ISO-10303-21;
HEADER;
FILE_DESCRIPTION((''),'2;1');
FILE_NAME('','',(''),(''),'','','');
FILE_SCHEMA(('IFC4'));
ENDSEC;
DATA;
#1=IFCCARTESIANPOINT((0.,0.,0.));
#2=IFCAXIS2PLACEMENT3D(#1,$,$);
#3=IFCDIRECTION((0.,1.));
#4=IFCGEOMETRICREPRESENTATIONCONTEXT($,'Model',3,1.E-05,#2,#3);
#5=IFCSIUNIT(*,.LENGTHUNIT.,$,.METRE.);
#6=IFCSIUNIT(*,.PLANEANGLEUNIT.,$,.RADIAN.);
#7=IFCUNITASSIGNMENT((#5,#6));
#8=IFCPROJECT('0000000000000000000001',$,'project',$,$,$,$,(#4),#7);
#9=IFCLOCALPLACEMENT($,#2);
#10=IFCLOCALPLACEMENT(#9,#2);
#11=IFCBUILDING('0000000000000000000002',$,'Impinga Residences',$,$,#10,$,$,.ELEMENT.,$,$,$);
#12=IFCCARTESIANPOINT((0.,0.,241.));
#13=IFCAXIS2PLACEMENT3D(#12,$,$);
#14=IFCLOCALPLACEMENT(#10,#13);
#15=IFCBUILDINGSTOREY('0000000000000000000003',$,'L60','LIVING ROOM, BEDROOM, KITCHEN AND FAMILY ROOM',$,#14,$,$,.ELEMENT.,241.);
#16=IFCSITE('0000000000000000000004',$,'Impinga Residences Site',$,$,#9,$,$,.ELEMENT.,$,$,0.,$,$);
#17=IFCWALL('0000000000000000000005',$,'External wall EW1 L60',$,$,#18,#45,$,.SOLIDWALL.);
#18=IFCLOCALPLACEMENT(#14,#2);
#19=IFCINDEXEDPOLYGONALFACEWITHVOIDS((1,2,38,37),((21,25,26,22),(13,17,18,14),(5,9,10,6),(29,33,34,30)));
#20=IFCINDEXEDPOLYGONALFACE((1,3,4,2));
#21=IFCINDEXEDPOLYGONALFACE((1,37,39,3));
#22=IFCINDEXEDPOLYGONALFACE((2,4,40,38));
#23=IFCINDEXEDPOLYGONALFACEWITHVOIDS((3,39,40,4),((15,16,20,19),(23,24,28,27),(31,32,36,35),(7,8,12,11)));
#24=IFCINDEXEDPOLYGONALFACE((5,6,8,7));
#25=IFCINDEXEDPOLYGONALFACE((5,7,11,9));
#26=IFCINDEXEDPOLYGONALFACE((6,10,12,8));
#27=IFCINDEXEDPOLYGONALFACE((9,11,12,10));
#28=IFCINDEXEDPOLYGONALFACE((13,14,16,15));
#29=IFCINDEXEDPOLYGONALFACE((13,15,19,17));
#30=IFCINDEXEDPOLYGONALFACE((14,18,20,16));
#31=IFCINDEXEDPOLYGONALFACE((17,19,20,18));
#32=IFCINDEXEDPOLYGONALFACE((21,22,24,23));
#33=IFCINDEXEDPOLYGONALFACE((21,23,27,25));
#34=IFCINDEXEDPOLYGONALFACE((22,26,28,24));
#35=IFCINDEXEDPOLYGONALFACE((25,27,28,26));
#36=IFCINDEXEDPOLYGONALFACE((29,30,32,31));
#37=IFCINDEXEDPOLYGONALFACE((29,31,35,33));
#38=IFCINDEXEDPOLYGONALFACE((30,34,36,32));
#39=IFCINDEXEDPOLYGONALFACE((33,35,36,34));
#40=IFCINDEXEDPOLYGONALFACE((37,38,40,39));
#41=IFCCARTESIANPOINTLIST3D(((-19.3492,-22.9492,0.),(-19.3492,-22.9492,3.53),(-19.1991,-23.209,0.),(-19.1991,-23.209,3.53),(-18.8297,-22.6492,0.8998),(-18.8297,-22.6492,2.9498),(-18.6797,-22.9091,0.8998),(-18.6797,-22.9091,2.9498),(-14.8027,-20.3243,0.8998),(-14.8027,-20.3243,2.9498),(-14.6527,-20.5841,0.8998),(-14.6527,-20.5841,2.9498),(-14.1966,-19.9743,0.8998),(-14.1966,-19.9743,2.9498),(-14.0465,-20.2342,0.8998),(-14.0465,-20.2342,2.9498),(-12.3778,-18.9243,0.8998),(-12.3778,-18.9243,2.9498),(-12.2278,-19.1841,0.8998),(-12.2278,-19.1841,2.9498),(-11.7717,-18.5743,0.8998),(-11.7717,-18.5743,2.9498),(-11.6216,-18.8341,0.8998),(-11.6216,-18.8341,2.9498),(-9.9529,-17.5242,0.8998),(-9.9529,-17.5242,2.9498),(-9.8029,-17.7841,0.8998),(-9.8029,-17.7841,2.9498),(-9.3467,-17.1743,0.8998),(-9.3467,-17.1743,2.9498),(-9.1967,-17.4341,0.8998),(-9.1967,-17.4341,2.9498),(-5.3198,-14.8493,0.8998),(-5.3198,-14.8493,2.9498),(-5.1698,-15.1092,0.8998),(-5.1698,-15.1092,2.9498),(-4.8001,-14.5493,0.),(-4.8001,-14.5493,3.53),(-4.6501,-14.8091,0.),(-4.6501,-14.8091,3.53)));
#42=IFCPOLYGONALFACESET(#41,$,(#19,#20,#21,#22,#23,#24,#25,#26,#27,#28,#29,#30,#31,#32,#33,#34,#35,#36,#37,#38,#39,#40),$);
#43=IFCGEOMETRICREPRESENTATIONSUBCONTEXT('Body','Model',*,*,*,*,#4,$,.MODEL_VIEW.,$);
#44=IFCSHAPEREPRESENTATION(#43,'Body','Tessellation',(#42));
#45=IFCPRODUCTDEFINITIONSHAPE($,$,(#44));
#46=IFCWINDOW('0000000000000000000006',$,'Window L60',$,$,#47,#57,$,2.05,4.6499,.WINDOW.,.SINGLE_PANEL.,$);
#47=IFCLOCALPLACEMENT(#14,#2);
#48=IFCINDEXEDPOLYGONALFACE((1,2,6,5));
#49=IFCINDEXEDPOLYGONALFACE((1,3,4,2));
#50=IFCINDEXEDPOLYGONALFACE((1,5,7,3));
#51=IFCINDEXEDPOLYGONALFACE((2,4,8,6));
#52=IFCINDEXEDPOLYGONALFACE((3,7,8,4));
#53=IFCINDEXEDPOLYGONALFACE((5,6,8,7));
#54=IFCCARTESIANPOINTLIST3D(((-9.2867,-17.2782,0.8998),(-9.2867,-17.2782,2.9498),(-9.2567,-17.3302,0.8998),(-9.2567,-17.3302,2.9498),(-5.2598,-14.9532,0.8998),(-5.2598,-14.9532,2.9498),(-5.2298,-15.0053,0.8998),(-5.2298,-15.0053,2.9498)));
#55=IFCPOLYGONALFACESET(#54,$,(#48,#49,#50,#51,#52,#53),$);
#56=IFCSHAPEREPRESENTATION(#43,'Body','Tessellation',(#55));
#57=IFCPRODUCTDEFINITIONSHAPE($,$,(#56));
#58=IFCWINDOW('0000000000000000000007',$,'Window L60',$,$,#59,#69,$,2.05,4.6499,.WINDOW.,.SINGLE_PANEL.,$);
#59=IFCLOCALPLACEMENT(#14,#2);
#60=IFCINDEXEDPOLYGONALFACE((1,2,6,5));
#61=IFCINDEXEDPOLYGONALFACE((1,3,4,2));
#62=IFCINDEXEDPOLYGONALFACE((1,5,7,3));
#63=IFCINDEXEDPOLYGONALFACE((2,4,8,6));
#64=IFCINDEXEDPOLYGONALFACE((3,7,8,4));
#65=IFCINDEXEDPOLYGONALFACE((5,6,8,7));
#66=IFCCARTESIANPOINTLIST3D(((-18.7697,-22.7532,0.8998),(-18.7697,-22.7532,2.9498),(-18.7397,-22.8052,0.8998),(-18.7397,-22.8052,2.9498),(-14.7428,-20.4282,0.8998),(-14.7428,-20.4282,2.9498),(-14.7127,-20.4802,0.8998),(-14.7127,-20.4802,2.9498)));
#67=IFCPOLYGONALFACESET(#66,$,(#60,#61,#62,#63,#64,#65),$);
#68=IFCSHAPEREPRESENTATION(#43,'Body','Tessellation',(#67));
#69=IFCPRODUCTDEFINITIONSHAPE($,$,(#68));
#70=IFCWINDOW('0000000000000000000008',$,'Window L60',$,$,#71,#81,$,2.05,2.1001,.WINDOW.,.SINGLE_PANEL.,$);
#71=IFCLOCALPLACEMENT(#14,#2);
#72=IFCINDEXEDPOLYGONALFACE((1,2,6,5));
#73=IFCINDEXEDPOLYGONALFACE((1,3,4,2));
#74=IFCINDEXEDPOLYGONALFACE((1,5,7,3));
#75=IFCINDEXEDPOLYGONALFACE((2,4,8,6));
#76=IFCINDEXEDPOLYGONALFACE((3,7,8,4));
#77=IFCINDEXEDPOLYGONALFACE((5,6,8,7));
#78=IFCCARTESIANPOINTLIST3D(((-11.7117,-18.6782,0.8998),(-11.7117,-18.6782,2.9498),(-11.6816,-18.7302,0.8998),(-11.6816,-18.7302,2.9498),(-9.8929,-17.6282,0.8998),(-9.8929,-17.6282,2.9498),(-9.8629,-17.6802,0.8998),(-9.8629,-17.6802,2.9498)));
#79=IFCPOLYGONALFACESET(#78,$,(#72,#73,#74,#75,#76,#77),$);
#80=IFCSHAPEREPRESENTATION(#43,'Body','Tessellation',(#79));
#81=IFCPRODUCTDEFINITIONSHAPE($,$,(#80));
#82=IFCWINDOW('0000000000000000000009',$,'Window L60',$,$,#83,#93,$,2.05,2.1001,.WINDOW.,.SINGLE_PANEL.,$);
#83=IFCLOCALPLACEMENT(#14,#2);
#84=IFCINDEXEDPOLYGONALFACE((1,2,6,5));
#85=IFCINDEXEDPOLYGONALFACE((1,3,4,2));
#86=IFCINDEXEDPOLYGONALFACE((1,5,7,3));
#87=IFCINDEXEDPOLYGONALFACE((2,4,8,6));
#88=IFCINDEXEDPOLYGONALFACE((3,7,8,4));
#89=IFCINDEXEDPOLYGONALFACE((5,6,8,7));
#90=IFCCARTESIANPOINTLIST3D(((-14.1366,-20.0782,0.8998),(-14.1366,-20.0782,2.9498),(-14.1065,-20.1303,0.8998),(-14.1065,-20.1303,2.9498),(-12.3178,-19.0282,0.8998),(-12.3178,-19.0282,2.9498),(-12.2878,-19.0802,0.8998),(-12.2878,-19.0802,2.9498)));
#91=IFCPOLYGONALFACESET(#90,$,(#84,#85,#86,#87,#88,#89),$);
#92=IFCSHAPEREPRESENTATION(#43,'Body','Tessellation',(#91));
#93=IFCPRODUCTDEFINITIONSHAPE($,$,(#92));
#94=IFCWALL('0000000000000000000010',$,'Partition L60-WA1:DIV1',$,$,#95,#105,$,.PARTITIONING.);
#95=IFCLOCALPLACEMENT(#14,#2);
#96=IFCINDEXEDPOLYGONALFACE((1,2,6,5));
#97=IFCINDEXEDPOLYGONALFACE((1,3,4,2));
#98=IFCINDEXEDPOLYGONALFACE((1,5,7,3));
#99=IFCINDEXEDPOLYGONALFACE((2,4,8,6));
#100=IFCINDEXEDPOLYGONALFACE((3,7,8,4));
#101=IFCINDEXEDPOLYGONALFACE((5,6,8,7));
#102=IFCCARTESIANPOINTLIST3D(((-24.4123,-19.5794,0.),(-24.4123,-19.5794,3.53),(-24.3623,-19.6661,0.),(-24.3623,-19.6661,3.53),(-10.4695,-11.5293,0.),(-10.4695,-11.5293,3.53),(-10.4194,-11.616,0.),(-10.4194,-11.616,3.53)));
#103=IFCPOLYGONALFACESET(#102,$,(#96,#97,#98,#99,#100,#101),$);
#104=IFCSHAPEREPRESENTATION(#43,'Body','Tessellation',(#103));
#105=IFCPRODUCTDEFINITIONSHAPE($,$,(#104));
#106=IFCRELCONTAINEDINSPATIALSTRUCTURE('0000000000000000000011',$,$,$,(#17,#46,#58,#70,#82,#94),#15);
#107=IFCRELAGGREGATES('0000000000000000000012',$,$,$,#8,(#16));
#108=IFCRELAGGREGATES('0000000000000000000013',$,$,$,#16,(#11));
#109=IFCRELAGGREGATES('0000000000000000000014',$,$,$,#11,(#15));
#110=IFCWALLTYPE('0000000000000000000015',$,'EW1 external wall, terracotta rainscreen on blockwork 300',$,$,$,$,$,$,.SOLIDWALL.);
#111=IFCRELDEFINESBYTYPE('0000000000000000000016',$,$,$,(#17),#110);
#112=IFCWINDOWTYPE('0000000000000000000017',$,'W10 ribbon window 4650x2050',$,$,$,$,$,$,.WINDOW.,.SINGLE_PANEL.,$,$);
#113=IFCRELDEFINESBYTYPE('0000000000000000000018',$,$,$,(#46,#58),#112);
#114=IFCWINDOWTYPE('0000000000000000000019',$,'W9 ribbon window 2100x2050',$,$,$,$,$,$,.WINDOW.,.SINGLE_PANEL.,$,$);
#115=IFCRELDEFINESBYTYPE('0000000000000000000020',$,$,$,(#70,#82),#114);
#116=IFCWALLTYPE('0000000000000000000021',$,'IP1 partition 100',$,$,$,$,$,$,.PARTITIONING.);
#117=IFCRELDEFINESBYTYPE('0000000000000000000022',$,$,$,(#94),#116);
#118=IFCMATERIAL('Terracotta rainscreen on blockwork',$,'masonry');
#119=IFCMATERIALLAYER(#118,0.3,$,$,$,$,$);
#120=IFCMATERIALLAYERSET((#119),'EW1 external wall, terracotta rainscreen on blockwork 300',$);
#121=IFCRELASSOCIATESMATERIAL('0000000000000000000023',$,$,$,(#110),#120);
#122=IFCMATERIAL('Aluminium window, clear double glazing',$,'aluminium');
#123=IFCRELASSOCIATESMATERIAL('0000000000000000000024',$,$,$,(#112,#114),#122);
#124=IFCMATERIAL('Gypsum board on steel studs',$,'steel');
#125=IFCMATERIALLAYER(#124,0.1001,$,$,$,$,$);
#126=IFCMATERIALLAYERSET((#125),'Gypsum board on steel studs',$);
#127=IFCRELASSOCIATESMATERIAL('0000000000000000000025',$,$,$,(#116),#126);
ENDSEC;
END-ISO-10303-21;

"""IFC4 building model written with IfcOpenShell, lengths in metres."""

from ifc_helpers import new_model, si_unit, direction, frame, frame_2d, origin, place, context, subcontext, project, spatial, rectangle, extrude, material, layer, layer_set, type_object, element, fill, save


model = new_model("IFC4")

# Units and contexts
model_context = context("Model", 3, precision=1e-05, world=origin(), true_north=direction((0.0, 1.0)))
body_context = subcontext(model_context, "Body", "Model", "MODEL_VIEW")
ifc_project = project(units=[si_unit("LENGTHUNIT", "METRE"), si_unit("PLANEANGLEUNIT", "RADIAN")], contexts=[model_context])

# Site, building, storey
site_placement = place(None, origin())
site = spatial("IfcSite", under=ifc_project, at=site_placement, Name="Impinga Residences Site", CompositionType="ELEMENT", RefElevation=0.0)
building_placement = place(site_placement, origin())
building = spatial("IfcBuilding", under=site, at=building_placement, Name="Impinga Residences", CompositionType="ELEMENT")
storey_placement = place(building_placement, frame((0.0, 0.0, 241.0)))
storey = spatial("IfcBuildingStorey", under=building, at=storey_placement, Name="L60", Description="LIVING ROOM, BEDROOM, KITCHEN AND FAMILY ROOM", CompositionType="ELEMENT", Elevation=241.0)

# Shared definitions
ifc_material_1 = material(Name="Terracotta rainscreen on blockwork", Category="masonry")
ifc_layer_1 = layer(ifc_material_1, 0.3)
ifc_layer_set_1 = layer_set([ifc_layer_1], Name="EW1 external wall, terracotta rainscreen on blockwork 300")
wall_type_1 = type_object("IfcWallType", Name="EW1 external wall, terracotta rainscreen on blockwork 300", PredefinedType="SOLIDWALL", material=ifc_layer_set_1)

# Wall, openings, windows
wall_1_placement = place(storey_placement, frame((-4.7251, -14.6792, 0.0), z_axis=(0.0, 0.0, 1.0), x_axis=(-0.866026, -0.5, 0.0)))
wall_1 = element("IfcWall", 1, at=wall_1_placement, inside=storey, type_object=wall_type_1, Name="External wall EW1 L60", PredefinedType="SOLIDWALL", context=body_context, shape_type="SweptSolid", body=[
    extrude(rectangle(XDim=16.7998, YDim=0.3, at=frame_2d((8.3999, 0.0))), origin(), (0.0, 0.0, 1.0), 3.53),
])
opening_1_placement = place(wall_1_placement, frame((0.6001, 0.0, 0.8999)))
opening_1 = element("IfcOpeningElement", 2, at=opening_1_placement, cuts=wall_1, PredefinedType="OPENING", context=body_context, shape_type="SweptSolid", body=[
    extrude(rectangle(XDim=4.6499, YDim=2.05, at=frame_2d((2.325, 1.0249))), frame((0.0, 0.1599, 0.0), z_axis=(0.0, -1.0, 0.0), x_axis=(1.0, 0.0, 0.0)), (0.0, 0.0, 1.0), 0.3201),
])
opening_2_placement = place(wall_1_placement, frame((5.95, 0.0, 0.8999)))
opening_2 = element("IfcOpeningElement", 3, at=opening_2_placement, cuts=wall_1, PredefinedType="OPENING", context=body_context, shape_type="SweptSolid", body=[
    extrude(rectangle(XDim=2.1001, YDim=2.05, at=frame_2d((1.05, 1.0249))), frame((0.0, 0.1599, 0.0), z_axis=(0.0, -1.0, 0.0), x_axis=(1.0, 0.0, 0.0)), (0.0, 0.0, 1.0), 0.3201),
])
opening_3_placement = place(wall_1_placement, frame((8.75, 0.0, 0.8999)))
opening_3 = element("IfcOpeningElement", 4, at=opening_3_placement, cuts=wall_1, PredefinedType="OPENING", context=body_context, shape_type="SweptSolid", body=[
    extrude(rectangle(XDim=2.1001, YDim=2.05, at=frame_2d((1.05, 1.0249))), frame((0.0, 0.1599, 0.0), z_axis=(0.0, -1.0, 0.0), x_axis=(1.0, 0.0, 0.0)), (0.0, 0.0, 1.0), 0.3201),
])
opening_4_placement = place(wall_1_placement, frame((11.55, 0.0, 0.8999)))
opening_4 = element("IfcOpeningElement", 5, at=opening_4_placement, cuts=wall_1, PredefinedType="OPENING", context=body_context, shape_type="SweptSolid", body=[
    extrude(rectangle(XDim=4.6499, YDim=2.05, at=frame_2d((2.325, 1.0249))), frame((0.0, 0.1599, 0.0), z_axis=(0.0, -1.0, 0.0), x_axis=(1.0, 0.0, 0.0)), (0.0, 0.0, 1.0), 0.3201),
])
ifc_material_2 = material(Name="Aluminium window, clear double glazing", Category="aluminium")
window_type_1 = type_object("IfcWindowType", Name="W10 ribbon window 4650x2050", PartitioningType="SINGLE_PANEL", PredefinedType="WINDOW", material=ifc_material_2)
window_1_placement = place(opening_1_placement, origin())
window_1 = element("IfcWindow", 6, at=window_1_placement, inside=storey, type_object=window_type_1, Name="Window L60", OverallHeight=2.05, OverallWidth=4.6499, PartitioningType="SINGLE_PANEL", PredefinedType="WINDOW", context=body_context, shape_type="SweptSolid", body=[
    extrude(rectangle(XDim=4.6499, YDim=2.05, at=frame_2d((2.325, 1.0249))), frame((0.0, 0.03, 0.0), z_axis=(0.0, -1.0, 0.0), x_axis=(1.0, 0.0, 0.0)), (0.0, 0.0, 1.0), 0.0601),
])
fill(opening_1, window_1)
window_2_placement = place(opening_4_placement, origin())
window_2 = element("IfcWindow", 7, at=window_2_placement, inside=storey, type_object=window_type_1, Name="Window L60", OverallHeight=2.05, OverallWidth=4.6499, PartitioningType="SINGLE_PANEL", PredefinedType="WINDOW", context=body_context, shape_type="SweptSolid", body=[
    extrude(rectangle(XDim=4.6499, YDim=2.05, at=frame_2d((2.325, 1.0249))), frame((0.0, 0.03, 0.0), z_axis=(0.0, -1.0, 0.0), x_axis=(1.0, 0.0, 0.0)), (0.0, 0.0, 1.0), 0.0601),
])
fill(opening_4, window_2)
window_type_2 = type_object("IfcWindowType", Name="W9 ribbon window 2100x2050", PartitioningType="SINGLE_PANEL", PredefinedType="WINDOW", material=ifc_material_2)
window_3_placement = place(opening_2_placement, origin())
window_3 = element("IfcWindow", 8, at=window_3_placement, inside=storey, type_object=window_type_2, Name="Window L60", OverallHeight=2.05, OverallWidth=2.1001, PartitioningType="SINGLE_PANEL", PredefinedType="WINDOW", context=body_context, shape_type="SweptSolid", body=[
    extrude(rectangle(XDim=2.1001, YDim=2.05, at=frame_2d((1.05, 1.0249))), frame((0.0, 0.03, 0.0), z_axis=(0.0, -1.0, 0.0), x_axis=(1.0, 0.0, 0.0)), (0.0, 0.0, 1.0), 0.0601),
])
fill(opening_2, window_3)
window_4_placement = place(opening_3_placement, origin())
window_4 = element("IfcWindow", 9, at=window_4_placement, inside=storey, type_object=window_type_2, Name="Window L60", OverallHeight=2.05, OverallWidth=2.1001, PartitioningType="SINGLE_PANEL", PredefinedType="WINDOW", context=body_context, shape_type="SweptSolid", body=[
    extrude(rectangle(XDim=2.1001, YDim=2.05, at=frame_2d((1.05, 1.0249))), frame((0.0, 0.03, 0.0), z_axis=(0.0, -1.0, 0.0), x_axis=(1.0, 0.0, 0.0)), (0.0, 0.0, 1.0), 0.0601),
])
fill(opening_3, window_4)

# Wall
ifc_material_3 = material(Name="Gypsum board on steel studs", Category="steel")
ifc_layer_2 = layer(ifc_material_3, 0.1001)
ifc_layer_set_2 = layer_set([ifc_layer_2], Name="Gypsum board on steel studs")
wall_type_2 = type_object("IfcWallType", Name="IP1 partition 100", PredefinedType="PARTITIONING", material=ifc_layer_set_2)
wall_2_placement = place(storey_placement, frame((-10.4446, -11.5728, 0.0), z_axis=(0.0, 0.0, 1.0), x_axis=(-0.866022, -0.500006, 0.0)))
element("IfcWall", 10, at=wall_2_placement, inside=storey, type_object=wall_type_2, Name="Partition L60-WA1:DIV1", PredefinedType="PARTITIONING", context=body_context, shape_type="SweptSolid", body=[
    extrude(rectangle(XDim=16.0999, YDim=0.1001, at=frame_2d((8.0498, 0.0))), origin(), (0.0, 0.0, 1.0), 3.53),
])

save(model, "model.ifc")
